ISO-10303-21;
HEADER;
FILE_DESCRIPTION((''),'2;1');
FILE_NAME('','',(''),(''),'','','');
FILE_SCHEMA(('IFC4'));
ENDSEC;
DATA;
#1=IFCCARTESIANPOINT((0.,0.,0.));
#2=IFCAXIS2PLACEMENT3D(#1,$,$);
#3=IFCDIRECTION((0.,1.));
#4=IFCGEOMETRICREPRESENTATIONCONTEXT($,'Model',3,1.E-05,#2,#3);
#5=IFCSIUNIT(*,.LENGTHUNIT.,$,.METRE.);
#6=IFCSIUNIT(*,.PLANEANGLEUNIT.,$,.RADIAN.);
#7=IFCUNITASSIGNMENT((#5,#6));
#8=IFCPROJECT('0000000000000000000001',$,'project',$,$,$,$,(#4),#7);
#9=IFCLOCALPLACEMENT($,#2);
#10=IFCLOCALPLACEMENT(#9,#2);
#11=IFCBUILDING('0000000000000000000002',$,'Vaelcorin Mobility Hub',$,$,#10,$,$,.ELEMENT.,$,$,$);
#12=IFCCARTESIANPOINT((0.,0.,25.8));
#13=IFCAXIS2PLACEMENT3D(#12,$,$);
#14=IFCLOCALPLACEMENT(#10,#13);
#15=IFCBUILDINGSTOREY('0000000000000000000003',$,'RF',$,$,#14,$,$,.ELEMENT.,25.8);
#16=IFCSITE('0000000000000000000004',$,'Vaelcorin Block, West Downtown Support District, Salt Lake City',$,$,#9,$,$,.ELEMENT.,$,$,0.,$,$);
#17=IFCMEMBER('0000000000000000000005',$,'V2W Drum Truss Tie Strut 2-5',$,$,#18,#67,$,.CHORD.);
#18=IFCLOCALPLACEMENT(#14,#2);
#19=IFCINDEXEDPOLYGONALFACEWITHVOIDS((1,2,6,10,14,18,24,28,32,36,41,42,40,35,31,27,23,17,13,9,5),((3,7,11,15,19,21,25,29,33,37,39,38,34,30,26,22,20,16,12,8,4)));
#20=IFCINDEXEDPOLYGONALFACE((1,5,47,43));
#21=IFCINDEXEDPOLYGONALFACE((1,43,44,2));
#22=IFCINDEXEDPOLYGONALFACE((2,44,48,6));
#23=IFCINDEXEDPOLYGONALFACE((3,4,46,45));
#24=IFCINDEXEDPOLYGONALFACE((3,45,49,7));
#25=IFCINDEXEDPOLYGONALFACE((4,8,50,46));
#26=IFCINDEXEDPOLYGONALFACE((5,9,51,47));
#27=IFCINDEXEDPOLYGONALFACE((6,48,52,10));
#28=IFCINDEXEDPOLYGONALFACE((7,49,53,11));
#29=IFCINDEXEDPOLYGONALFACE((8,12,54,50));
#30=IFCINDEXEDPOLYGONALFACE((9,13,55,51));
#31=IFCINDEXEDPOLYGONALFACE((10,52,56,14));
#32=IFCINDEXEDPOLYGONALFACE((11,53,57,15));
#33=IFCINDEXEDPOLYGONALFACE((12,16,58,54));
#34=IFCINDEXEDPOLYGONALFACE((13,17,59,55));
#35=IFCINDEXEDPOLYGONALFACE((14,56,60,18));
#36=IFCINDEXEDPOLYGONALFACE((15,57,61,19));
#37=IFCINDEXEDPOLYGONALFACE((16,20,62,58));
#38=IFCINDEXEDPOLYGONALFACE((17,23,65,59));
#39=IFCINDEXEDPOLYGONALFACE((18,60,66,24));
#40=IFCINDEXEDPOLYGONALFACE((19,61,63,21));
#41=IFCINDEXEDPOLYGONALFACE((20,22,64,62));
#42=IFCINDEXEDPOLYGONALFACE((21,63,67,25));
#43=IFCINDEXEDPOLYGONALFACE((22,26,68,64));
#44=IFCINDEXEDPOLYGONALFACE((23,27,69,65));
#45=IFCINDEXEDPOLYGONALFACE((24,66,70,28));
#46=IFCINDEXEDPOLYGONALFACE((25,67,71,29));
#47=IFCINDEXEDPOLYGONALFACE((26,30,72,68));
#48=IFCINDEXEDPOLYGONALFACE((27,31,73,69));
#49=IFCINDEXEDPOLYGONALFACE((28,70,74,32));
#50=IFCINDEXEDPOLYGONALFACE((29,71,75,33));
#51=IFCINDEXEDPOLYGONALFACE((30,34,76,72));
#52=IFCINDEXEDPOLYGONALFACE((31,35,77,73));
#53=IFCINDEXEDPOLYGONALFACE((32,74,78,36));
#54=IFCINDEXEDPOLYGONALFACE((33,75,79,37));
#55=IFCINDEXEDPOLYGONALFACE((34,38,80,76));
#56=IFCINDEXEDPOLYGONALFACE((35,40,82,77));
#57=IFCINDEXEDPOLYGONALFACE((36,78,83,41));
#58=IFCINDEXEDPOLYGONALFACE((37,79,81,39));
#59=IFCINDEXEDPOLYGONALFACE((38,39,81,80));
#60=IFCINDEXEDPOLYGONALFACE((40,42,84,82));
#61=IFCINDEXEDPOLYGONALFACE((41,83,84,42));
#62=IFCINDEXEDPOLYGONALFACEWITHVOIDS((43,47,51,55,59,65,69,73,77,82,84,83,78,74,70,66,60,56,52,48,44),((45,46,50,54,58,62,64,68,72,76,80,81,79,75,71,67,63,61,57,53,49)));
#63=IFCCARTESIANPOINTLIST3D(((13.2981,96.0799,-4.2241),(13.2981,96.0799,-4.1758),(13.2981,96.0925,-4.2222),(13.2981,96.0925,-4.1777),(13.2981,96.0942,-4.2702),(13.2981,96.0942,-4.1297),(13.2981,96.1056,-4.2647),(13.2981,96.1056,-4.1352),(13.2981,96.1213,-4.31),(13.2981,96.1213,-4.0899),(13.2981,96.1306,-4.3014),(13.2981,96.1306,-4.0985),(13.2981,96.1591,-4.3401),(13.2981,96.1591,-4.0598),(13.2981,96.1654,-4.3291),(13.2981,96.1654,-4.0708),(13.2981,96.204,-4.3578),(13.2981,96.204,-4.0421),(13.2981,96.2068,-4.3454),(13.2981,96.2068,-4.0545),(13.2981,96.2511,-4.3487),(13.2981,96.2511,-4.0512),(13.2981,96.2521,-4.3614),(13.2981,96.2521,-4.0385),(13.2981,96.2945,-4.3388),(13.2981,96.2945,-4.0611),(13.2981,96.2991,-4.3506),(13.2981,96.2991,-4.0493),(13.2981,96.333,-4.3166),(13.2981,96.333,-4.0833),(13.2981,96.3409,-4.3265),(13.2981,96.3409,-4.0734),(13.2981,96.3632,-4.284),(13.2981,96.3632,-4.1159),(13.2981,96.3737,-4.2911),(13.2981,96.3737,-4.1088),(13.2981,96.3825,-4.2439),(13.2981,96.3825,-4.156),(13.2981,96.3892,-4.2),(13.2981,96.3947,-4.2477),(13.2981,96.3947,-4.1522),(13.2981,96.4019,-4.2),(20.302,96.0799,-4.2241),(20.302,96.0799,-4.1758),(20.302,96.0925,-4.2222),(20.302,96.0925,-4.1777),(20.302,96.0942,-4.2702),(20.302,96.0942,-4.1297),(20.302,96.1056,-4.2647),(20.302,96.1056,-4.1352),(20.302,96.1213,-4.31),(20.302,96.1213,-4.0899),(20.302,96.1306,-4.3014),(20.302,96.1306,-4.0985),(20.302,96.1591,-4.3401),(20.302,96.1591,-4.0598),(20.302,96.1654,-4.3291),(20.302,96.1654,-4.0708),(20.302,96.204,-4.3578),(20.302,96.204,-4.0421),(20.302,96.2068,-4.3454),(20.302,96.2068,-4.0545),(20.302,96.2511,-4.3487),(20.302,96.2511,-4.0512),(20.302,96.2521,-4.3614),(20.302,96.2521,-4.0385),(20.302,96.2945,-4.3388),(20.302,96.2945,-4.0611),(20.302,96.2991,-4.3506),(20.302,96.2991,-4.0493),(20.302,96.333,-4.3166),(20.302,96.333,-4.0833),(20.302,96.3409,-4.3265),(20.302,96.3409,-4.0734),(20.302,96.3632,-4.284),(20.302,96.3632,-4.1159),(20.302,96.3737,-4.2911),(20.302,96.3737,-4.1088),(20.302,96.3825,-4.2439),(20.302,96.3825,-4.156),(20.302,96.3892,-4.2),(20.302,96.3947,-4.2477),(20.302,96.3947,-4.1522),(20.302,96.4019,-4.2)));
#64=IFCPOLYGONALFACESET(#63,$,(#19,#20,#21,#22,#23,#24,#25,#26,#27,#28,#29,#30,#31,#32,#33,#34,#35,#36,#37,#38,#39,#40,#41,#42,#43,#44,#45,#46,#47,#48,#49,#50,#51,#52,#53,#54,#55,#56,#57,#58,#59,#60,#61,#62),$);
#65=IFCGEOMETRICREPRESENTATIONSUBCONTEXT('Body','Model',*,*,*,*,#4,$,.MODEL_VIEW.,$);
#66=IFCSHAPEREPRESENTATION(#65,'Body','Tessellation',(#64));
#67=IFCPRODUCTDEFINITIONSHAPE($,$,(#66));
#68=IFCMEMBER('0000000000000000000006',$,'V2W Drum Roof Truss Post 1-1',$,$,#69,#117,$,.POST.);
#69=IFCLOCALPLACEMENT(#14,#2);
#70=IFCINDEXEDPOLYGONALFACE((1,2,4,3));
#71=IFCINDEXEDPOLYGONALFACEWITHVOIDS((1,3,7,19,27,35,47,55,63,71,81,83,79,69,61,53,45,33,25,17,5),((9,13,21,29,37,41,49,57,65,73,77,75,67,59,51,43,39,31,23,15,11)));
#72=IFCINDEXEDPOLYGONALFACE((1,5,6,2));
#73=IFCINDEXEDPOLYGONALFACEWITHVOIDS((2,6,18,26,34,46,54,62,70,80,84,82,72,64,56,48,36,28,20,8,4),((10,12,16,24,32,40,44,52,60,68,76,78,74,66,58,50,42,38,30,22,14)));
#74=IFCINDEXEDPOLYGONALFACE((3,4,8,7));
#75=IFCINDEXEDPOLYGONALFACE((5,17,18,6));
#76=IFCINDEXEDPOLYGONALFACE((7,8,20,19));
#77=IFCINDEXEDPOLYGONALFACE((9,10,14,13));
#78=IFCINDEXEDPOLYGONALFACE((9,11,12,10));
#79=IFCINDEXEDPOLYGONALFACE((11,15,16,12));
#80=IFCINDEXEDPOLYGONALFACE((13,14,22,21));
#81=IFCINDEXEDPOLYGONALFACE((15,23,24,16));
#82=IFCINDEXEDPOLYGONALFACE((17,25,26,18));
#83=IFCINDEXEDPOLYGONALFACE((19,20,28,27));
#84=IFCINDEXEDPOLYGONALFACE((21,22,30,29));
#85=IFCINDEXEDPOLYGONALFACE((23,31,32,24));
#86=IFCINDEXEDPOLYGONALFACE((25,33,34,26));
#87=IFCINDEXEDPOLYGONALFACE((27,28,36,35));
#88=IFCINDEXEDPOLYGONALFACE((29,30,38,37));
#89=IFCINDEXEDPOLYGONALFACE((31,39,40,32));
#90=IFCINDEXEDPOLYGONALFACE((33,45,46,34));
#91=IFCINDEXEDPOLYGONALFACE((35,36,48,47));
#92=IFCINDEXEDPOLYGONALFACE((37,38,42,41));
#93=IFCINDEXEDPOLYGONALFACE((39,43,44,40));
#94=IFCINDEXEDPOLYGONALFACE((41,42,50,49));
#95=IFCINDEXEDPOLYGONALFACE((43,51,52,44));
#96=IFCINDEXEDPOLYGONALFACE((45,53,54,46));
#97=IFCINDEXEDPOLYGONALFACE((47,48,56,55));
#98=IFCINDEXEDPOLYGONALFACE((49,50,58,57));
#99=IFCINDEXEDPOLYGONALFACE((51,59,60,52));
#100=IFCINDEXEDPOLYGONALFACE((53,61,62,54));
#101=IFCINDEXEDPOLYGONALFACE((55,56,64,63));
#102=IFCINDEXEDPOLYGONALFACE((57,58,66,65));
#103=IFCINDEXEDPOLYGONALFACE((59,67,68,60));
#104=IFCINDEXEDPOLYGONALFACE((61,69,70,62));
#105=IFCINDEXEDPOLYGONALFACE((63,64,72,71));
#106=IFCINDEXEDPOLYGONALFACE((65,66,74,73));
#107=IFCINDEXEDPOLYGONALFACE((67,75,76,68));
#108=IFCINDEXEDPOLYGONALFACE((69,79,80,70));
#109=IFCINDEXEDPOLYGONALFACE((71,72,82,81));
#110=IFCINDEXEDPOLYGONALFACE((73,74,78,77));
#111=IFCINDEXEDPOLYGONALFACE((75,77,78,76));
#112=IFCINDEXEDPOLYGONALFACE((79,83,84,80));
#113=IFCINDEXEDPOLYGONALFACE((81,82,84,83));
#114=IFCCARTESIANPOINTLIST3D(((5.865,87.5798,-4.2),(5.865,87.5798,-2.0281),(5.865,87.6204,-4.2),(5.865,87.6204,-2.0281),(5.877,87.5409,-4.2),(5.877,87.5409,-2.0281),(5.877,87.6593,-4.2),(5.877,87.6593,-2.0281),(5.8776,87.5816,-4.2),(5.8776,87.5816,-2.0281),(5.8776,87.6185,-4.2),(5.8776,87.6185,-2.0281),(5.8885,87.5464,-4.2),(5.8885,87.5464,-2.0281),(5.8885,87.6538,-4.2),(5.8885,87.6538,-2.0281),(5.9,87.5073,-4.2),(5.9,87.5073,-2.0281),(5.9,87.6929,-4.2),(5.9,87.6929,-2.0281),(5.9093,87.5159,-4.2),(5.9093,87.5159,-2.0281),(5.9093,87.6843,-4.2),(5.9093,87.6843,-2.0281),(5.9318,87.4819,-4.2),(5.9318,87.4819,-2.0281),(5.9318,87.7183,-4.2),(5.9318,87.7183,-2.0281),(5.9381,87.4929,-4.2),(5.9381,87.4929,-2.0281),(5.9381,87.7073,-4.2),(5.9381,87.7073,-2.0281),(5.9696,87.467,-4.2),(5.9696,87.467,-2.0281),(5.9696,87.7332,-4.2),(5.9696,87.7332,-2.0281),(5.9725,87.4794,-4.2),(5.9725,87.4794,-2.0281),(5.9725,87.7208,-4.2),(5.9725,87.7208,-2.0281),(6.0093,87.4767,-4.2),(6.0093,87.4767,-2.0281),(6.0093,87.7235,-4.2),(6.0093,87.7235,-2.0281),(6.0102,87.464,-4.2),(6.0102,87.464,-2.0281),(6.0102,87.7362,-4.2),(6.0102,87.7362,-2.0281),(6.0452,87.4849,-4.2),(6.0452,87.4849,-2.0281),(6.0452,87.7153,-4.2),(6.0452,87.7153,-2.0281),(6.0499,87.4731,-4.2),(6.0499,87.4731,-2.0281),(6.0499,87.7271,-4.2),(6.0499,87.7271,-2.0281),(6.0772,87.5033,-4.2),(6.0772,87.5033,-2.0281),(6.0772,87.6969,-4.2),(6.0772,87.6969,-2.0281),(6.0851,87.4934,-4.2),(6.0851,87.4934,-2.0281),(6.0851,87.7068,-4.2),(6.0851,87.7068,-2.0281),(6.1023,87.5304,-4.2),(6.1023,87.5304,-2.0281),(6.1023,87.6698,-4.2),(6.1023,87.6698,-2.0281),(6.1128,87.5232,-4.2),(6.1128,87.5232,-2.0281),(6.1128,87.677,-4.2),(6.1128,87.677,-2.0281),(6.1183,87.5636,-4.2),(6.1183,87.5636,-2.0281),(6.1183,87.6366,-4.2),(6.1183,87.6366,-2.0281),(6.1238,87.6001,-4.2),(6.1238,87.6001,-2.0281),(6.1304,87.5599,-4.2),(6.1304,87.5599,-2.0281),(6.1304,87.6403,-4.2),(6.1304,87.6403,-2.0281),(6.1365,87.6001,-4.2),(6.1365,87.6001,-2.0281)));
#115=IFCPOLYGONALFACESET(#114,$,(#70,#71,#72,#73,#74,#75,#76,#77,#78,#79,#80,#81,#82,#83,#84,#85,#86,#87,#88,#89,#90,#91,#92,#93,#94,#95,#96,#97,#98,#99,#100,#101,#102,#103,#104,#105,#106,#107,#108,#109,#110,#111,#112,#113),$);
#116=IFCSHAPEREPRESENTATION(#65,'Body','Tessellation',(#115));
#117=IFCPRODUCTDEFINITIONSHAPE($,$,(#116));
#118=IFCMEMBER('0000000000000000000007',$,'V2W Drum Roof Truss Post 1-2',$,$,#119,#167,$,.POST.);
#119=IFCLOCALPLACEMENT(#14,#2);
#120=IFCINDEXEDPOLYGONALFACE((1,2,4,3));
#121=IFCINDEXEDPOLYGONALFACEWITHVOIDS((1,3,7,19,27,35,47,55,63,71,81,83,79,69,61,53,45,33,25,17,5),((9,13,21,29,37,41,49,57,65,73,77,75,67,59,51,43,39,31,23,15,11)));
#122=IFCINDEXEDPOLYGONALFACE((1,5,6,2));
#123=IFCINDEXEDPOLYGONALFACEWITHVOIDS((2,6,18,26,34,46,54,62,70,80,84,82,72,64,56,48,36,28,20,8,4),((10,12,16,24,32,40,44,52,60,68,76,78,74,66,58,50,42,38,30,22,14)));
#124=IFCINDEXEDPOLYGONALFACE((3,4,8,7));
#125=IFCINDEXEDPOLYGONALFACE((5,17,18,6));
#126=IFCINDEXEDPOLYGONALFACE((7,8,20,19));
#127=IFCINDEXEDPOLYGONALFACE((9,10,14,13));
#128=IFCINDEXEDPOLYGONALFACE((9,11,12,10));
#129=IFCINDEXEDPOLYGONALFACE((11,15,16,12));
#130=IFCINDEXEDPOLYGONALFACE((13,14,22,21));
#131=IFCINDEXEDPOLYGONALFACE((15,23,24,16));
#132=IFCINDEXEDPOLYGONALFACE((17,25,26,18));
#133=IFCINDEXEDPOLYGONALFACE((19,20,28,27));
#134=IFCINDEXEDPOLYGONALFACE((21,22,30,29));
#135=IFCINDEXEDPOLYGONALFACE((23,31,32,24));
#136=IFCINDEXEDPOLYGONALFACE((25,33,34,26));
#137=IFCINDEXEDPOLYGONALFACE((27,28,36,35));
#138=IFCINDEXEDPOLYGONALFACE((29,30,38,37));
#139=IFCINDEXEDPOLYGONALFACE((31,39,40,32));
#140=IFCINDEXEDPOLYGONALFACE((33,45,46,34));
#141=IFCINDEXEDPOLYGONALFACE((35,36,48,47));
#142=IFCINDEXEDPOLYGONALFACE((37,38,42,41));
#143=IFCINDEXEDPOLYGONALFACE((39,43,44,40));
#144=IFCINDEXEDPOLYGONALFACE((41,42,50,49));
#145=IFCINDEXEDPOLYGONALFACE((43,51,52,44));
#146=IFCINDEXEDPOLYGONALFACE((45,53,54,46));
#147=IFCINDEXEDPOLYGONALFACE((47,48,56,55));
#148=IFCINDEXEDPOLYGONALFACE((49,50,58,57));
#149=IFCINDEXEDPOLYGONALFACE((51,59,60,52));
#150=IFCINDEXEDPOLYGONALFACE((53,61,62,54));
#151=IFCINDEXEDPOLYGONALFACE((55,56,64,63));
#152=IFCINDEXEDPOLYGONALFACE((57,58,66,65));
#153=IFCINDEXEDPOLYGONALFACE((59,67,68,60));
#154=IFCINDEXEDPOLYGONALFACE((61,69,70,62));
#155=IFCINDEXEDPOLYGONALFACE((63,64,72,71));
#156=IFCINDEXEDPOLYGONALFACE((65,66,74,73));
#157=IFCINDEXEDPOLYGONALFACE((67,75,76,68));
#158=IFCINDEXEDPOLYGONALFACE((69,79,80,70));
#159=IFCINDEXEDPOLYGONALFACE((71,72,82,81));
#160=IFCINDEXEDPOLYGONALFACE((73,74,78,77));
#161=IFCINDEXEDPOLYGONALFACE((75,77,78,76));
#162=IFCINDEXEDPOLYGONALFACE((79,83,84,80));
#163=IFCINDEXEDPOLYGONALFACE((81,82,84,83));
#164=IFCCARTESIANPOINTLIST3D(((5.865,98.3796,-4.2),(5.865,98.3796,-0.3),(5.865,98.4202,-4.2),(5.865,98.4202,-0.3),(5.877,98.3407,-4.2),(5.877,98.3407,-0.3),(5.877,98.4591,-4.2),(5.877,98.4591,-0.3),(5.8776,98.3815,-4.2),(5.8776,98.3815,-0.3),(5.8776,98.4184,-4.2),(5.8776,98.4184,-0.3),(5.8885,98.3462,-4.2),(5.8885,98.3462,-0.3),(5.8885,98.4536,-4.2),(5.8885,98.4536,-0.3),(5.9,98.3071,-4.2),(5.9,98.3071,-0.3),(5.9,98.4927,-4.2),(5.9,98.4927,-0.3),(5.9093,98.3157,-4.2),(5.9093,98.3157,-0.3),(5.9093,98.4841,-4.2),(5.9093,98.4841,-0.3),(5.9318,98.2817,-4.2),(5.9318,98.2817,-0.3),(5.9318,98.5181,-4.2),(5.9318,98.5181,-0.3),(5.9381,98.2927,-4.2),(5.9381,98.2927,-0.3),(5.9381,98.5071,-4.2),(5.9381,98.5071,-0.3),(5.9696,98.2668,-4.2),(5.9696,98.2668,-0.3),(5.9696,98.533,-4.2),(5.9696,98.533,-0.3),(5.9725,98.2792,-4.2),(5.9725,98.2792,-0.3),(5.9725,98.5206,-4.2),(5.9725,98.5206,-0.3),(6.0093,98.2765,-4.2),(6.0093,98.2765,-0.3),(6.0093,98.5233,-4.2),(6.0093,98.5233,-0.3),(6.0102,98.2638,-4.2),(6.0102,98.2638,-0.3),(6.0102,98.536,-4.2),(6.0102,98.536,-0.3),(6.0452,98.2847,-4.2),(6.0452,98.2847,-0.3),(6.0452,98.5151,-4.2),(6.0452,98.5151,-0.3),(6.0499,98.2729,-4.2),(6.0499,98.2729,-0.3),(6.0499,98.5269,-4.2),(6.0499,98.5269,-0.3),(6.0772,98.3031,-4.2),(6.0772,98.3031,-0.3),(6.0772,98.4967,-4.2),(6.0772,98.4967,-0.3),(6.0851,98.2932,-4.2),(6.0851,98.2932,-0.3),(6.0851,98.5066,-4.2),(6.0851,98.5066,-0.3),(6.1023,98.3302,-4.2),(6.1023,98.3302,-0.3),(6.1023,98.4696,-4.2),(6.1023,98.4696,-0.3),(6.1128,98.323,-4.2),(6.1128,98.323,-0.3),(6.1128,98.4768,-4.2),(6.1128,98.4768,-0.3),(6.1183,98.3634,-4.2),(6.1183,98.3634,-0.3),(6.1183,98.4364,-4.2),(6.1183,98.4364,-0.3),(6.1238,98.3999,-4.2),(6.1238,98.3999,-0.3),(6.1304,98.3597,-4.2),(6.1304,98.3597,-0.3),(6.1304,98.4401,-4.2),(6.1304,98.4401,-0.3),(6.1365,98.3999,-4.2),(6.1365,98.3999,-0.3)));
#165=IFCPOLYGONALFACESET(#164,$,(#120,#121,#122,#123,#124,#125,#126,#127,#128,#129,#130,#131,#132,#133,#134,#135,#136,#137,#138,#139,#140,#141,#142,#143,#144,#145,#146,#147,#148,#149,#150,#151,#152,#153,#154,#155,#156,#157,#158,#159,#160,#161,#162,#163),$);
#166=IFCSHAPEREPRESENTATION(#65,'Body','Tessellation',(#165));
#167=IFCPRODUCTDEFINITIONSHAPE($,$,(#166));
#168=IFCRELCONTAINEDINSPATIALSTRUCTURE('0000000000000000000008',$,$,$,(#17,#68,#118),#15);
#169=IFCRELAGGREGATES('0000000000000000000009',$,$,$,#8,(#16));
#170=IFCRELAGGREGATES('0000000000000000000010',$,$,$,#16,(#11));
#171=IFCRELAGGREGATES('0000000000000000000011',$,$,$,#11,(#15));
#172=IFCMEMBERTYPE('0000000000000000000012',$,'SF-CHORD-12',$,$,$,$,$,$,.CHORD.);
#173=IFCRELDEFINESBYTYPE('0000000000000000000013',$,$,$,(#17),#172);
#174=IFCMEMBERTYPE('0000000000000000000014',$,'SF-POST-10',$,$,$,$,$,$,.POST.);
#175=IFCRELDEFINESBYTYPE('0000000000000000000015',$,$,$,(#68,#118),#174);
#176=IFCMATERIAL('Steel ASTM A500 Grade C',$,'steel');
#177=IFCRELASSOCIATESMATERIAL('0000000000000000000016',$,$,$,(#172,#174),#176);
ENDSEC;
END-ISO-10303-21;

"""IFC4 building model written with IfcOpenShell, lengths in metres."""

from ifc_helpers import new_model, si_unit, direction, frame, origin, origin_2d, place, context, subcontext, project, spatial, hollow_circle, extrude, material, material_profile, profile_set, type_object, element, save


model = new_model("IFC4")

# Units and contexts
model_context = context("Model", 3, precision=1e-05, world=origin(), true_north=direction((0.0, 1.0)))
body_context = subcontext(model_context, "Body", "Model", "MODEL_VIEW")
ifc_project = project(units=[si_unit("LENGTHUNIT", "METRE"), si_unit("PLANEANGLEUNIT", "RADIAN")], contexts=[model_context])

# Site, building, storey
site_placement = place(None, origin())
site = spatial("IfcSite", under=ifc_project, at=site_placement, Name="Vaelcorin Block, West Downtown Support District, Salt Lake City", CompositionType="ELEMENT", RefElevation=0.0)
building_placement = place(site_placement, origin())
building = spatial("IfcBuilding", under=site, at=building_placement, Name="Vaelcorin Mobility Hub", CompositionType="ELEMENT")
storey_placement = place(building_placement, frame((0.0, 0.0, 25.8)))
storey = spatial("IfcBuildingStorey", under=building, at=storey_placement, Name="RF", CompositionType="ELEMENT", Elevation=25.8)

# Members
ifc_material_1 = material(Name="Steel ASTM A500 Grade C", Category="steel")
ifc_material_profile_1 = material_profile(ifc_material_1, hollow_circle(Radius=0.1619, WallThickness=0.0127, at=origin_2d()), Name="HSS12.750X0.500")
ifc_profile_set_1 = profile_set([ifc_material_profile_1], Name="Steel ASTM A500 Grade C")
member_type_1 = type_object("IfcMemberType", Name="SF-CHORD-12", PredefinedType="CHORD", material=ifc_profile_set_1)
for number, where, z_axis, x_axis, name in (
    (1, (13.2981, 96.24, -4.2), (1.0, 0.0, 0.0), (0.0, 1.0, 0.0), "V2W Drum Truss Tie Strut 2-5"),
):
    element("IfcMember", number, at=place(storey_placement, frame(where, z_axis=z_axis, x_axis=x_axis)), inside=storey, type_object=member_type_1, Name=name, PredefinedType="CHORD", context=body_context, shape_type="SweptSolid", body=[
        extrude(hollow_circle(Radius=0.1619, WallThickness=0.0127, at=origin_2d()), origin(), (0.0, 0.0, 1.0), 7.0039),
    ])
ifc_material_profile_2 = material_profile(ifc_material_1, hollow_circle(Radius=0.1365, WallThickness=0.0127, at=origin_2d()), Name="HSS10.750X0.500")
ifc_profile_set_2 = profile_set([ifc_material_profile_2], Name="Steel ASTM A500 Grade C")
member_type_2 = type_object("IfcMemberType", Name="SF-POST-10", PredefinedType="POST", material=ifc_profile_set_2)
member_1_placement = place(storey_placement, frame((6.0, 87.6001, -4.2), z_axis=(0.0, 0.0, 1.0), x_axis=(1.0, 0.0, 0.0)))
element("IfcMember", 2, at=member_1_placement, inside=storey, type_object=member_type_2, Name="V2W Drum Roof Truss Post 1-1", PredefinedType="POST", context=body_context, shape_type="SweptSolid", body=[
    extrude(hollow_circle(Radius=0.1365, WallThickness=0.0127, at=origin_2d()), origin(), (0.0, 0.0, 1.0), 2.1719),
])
member_2_placement = place(storey_placement, frame((6.0, 98.3999, -4.2), z_axis=(0.0, 0.0, 1.0), x_axis=(1.0, 0.0, 0.0)))
element("IfcMember", 3, at=member_2_placement, inside=storey, type_object=member_type_2, Name="V2W Drum Roof Truss Post 1-2", PredefinedType="POST", context=body_context, shape_type="SweptSolid", body=[
    extrude(hollow_circle(Radius=0.1365, WallThickness=0.0127, at=origin_2d()), origin(), (0.0, 0.0, 1.0), 3.8999),
])

save(model, "model.ifc")
